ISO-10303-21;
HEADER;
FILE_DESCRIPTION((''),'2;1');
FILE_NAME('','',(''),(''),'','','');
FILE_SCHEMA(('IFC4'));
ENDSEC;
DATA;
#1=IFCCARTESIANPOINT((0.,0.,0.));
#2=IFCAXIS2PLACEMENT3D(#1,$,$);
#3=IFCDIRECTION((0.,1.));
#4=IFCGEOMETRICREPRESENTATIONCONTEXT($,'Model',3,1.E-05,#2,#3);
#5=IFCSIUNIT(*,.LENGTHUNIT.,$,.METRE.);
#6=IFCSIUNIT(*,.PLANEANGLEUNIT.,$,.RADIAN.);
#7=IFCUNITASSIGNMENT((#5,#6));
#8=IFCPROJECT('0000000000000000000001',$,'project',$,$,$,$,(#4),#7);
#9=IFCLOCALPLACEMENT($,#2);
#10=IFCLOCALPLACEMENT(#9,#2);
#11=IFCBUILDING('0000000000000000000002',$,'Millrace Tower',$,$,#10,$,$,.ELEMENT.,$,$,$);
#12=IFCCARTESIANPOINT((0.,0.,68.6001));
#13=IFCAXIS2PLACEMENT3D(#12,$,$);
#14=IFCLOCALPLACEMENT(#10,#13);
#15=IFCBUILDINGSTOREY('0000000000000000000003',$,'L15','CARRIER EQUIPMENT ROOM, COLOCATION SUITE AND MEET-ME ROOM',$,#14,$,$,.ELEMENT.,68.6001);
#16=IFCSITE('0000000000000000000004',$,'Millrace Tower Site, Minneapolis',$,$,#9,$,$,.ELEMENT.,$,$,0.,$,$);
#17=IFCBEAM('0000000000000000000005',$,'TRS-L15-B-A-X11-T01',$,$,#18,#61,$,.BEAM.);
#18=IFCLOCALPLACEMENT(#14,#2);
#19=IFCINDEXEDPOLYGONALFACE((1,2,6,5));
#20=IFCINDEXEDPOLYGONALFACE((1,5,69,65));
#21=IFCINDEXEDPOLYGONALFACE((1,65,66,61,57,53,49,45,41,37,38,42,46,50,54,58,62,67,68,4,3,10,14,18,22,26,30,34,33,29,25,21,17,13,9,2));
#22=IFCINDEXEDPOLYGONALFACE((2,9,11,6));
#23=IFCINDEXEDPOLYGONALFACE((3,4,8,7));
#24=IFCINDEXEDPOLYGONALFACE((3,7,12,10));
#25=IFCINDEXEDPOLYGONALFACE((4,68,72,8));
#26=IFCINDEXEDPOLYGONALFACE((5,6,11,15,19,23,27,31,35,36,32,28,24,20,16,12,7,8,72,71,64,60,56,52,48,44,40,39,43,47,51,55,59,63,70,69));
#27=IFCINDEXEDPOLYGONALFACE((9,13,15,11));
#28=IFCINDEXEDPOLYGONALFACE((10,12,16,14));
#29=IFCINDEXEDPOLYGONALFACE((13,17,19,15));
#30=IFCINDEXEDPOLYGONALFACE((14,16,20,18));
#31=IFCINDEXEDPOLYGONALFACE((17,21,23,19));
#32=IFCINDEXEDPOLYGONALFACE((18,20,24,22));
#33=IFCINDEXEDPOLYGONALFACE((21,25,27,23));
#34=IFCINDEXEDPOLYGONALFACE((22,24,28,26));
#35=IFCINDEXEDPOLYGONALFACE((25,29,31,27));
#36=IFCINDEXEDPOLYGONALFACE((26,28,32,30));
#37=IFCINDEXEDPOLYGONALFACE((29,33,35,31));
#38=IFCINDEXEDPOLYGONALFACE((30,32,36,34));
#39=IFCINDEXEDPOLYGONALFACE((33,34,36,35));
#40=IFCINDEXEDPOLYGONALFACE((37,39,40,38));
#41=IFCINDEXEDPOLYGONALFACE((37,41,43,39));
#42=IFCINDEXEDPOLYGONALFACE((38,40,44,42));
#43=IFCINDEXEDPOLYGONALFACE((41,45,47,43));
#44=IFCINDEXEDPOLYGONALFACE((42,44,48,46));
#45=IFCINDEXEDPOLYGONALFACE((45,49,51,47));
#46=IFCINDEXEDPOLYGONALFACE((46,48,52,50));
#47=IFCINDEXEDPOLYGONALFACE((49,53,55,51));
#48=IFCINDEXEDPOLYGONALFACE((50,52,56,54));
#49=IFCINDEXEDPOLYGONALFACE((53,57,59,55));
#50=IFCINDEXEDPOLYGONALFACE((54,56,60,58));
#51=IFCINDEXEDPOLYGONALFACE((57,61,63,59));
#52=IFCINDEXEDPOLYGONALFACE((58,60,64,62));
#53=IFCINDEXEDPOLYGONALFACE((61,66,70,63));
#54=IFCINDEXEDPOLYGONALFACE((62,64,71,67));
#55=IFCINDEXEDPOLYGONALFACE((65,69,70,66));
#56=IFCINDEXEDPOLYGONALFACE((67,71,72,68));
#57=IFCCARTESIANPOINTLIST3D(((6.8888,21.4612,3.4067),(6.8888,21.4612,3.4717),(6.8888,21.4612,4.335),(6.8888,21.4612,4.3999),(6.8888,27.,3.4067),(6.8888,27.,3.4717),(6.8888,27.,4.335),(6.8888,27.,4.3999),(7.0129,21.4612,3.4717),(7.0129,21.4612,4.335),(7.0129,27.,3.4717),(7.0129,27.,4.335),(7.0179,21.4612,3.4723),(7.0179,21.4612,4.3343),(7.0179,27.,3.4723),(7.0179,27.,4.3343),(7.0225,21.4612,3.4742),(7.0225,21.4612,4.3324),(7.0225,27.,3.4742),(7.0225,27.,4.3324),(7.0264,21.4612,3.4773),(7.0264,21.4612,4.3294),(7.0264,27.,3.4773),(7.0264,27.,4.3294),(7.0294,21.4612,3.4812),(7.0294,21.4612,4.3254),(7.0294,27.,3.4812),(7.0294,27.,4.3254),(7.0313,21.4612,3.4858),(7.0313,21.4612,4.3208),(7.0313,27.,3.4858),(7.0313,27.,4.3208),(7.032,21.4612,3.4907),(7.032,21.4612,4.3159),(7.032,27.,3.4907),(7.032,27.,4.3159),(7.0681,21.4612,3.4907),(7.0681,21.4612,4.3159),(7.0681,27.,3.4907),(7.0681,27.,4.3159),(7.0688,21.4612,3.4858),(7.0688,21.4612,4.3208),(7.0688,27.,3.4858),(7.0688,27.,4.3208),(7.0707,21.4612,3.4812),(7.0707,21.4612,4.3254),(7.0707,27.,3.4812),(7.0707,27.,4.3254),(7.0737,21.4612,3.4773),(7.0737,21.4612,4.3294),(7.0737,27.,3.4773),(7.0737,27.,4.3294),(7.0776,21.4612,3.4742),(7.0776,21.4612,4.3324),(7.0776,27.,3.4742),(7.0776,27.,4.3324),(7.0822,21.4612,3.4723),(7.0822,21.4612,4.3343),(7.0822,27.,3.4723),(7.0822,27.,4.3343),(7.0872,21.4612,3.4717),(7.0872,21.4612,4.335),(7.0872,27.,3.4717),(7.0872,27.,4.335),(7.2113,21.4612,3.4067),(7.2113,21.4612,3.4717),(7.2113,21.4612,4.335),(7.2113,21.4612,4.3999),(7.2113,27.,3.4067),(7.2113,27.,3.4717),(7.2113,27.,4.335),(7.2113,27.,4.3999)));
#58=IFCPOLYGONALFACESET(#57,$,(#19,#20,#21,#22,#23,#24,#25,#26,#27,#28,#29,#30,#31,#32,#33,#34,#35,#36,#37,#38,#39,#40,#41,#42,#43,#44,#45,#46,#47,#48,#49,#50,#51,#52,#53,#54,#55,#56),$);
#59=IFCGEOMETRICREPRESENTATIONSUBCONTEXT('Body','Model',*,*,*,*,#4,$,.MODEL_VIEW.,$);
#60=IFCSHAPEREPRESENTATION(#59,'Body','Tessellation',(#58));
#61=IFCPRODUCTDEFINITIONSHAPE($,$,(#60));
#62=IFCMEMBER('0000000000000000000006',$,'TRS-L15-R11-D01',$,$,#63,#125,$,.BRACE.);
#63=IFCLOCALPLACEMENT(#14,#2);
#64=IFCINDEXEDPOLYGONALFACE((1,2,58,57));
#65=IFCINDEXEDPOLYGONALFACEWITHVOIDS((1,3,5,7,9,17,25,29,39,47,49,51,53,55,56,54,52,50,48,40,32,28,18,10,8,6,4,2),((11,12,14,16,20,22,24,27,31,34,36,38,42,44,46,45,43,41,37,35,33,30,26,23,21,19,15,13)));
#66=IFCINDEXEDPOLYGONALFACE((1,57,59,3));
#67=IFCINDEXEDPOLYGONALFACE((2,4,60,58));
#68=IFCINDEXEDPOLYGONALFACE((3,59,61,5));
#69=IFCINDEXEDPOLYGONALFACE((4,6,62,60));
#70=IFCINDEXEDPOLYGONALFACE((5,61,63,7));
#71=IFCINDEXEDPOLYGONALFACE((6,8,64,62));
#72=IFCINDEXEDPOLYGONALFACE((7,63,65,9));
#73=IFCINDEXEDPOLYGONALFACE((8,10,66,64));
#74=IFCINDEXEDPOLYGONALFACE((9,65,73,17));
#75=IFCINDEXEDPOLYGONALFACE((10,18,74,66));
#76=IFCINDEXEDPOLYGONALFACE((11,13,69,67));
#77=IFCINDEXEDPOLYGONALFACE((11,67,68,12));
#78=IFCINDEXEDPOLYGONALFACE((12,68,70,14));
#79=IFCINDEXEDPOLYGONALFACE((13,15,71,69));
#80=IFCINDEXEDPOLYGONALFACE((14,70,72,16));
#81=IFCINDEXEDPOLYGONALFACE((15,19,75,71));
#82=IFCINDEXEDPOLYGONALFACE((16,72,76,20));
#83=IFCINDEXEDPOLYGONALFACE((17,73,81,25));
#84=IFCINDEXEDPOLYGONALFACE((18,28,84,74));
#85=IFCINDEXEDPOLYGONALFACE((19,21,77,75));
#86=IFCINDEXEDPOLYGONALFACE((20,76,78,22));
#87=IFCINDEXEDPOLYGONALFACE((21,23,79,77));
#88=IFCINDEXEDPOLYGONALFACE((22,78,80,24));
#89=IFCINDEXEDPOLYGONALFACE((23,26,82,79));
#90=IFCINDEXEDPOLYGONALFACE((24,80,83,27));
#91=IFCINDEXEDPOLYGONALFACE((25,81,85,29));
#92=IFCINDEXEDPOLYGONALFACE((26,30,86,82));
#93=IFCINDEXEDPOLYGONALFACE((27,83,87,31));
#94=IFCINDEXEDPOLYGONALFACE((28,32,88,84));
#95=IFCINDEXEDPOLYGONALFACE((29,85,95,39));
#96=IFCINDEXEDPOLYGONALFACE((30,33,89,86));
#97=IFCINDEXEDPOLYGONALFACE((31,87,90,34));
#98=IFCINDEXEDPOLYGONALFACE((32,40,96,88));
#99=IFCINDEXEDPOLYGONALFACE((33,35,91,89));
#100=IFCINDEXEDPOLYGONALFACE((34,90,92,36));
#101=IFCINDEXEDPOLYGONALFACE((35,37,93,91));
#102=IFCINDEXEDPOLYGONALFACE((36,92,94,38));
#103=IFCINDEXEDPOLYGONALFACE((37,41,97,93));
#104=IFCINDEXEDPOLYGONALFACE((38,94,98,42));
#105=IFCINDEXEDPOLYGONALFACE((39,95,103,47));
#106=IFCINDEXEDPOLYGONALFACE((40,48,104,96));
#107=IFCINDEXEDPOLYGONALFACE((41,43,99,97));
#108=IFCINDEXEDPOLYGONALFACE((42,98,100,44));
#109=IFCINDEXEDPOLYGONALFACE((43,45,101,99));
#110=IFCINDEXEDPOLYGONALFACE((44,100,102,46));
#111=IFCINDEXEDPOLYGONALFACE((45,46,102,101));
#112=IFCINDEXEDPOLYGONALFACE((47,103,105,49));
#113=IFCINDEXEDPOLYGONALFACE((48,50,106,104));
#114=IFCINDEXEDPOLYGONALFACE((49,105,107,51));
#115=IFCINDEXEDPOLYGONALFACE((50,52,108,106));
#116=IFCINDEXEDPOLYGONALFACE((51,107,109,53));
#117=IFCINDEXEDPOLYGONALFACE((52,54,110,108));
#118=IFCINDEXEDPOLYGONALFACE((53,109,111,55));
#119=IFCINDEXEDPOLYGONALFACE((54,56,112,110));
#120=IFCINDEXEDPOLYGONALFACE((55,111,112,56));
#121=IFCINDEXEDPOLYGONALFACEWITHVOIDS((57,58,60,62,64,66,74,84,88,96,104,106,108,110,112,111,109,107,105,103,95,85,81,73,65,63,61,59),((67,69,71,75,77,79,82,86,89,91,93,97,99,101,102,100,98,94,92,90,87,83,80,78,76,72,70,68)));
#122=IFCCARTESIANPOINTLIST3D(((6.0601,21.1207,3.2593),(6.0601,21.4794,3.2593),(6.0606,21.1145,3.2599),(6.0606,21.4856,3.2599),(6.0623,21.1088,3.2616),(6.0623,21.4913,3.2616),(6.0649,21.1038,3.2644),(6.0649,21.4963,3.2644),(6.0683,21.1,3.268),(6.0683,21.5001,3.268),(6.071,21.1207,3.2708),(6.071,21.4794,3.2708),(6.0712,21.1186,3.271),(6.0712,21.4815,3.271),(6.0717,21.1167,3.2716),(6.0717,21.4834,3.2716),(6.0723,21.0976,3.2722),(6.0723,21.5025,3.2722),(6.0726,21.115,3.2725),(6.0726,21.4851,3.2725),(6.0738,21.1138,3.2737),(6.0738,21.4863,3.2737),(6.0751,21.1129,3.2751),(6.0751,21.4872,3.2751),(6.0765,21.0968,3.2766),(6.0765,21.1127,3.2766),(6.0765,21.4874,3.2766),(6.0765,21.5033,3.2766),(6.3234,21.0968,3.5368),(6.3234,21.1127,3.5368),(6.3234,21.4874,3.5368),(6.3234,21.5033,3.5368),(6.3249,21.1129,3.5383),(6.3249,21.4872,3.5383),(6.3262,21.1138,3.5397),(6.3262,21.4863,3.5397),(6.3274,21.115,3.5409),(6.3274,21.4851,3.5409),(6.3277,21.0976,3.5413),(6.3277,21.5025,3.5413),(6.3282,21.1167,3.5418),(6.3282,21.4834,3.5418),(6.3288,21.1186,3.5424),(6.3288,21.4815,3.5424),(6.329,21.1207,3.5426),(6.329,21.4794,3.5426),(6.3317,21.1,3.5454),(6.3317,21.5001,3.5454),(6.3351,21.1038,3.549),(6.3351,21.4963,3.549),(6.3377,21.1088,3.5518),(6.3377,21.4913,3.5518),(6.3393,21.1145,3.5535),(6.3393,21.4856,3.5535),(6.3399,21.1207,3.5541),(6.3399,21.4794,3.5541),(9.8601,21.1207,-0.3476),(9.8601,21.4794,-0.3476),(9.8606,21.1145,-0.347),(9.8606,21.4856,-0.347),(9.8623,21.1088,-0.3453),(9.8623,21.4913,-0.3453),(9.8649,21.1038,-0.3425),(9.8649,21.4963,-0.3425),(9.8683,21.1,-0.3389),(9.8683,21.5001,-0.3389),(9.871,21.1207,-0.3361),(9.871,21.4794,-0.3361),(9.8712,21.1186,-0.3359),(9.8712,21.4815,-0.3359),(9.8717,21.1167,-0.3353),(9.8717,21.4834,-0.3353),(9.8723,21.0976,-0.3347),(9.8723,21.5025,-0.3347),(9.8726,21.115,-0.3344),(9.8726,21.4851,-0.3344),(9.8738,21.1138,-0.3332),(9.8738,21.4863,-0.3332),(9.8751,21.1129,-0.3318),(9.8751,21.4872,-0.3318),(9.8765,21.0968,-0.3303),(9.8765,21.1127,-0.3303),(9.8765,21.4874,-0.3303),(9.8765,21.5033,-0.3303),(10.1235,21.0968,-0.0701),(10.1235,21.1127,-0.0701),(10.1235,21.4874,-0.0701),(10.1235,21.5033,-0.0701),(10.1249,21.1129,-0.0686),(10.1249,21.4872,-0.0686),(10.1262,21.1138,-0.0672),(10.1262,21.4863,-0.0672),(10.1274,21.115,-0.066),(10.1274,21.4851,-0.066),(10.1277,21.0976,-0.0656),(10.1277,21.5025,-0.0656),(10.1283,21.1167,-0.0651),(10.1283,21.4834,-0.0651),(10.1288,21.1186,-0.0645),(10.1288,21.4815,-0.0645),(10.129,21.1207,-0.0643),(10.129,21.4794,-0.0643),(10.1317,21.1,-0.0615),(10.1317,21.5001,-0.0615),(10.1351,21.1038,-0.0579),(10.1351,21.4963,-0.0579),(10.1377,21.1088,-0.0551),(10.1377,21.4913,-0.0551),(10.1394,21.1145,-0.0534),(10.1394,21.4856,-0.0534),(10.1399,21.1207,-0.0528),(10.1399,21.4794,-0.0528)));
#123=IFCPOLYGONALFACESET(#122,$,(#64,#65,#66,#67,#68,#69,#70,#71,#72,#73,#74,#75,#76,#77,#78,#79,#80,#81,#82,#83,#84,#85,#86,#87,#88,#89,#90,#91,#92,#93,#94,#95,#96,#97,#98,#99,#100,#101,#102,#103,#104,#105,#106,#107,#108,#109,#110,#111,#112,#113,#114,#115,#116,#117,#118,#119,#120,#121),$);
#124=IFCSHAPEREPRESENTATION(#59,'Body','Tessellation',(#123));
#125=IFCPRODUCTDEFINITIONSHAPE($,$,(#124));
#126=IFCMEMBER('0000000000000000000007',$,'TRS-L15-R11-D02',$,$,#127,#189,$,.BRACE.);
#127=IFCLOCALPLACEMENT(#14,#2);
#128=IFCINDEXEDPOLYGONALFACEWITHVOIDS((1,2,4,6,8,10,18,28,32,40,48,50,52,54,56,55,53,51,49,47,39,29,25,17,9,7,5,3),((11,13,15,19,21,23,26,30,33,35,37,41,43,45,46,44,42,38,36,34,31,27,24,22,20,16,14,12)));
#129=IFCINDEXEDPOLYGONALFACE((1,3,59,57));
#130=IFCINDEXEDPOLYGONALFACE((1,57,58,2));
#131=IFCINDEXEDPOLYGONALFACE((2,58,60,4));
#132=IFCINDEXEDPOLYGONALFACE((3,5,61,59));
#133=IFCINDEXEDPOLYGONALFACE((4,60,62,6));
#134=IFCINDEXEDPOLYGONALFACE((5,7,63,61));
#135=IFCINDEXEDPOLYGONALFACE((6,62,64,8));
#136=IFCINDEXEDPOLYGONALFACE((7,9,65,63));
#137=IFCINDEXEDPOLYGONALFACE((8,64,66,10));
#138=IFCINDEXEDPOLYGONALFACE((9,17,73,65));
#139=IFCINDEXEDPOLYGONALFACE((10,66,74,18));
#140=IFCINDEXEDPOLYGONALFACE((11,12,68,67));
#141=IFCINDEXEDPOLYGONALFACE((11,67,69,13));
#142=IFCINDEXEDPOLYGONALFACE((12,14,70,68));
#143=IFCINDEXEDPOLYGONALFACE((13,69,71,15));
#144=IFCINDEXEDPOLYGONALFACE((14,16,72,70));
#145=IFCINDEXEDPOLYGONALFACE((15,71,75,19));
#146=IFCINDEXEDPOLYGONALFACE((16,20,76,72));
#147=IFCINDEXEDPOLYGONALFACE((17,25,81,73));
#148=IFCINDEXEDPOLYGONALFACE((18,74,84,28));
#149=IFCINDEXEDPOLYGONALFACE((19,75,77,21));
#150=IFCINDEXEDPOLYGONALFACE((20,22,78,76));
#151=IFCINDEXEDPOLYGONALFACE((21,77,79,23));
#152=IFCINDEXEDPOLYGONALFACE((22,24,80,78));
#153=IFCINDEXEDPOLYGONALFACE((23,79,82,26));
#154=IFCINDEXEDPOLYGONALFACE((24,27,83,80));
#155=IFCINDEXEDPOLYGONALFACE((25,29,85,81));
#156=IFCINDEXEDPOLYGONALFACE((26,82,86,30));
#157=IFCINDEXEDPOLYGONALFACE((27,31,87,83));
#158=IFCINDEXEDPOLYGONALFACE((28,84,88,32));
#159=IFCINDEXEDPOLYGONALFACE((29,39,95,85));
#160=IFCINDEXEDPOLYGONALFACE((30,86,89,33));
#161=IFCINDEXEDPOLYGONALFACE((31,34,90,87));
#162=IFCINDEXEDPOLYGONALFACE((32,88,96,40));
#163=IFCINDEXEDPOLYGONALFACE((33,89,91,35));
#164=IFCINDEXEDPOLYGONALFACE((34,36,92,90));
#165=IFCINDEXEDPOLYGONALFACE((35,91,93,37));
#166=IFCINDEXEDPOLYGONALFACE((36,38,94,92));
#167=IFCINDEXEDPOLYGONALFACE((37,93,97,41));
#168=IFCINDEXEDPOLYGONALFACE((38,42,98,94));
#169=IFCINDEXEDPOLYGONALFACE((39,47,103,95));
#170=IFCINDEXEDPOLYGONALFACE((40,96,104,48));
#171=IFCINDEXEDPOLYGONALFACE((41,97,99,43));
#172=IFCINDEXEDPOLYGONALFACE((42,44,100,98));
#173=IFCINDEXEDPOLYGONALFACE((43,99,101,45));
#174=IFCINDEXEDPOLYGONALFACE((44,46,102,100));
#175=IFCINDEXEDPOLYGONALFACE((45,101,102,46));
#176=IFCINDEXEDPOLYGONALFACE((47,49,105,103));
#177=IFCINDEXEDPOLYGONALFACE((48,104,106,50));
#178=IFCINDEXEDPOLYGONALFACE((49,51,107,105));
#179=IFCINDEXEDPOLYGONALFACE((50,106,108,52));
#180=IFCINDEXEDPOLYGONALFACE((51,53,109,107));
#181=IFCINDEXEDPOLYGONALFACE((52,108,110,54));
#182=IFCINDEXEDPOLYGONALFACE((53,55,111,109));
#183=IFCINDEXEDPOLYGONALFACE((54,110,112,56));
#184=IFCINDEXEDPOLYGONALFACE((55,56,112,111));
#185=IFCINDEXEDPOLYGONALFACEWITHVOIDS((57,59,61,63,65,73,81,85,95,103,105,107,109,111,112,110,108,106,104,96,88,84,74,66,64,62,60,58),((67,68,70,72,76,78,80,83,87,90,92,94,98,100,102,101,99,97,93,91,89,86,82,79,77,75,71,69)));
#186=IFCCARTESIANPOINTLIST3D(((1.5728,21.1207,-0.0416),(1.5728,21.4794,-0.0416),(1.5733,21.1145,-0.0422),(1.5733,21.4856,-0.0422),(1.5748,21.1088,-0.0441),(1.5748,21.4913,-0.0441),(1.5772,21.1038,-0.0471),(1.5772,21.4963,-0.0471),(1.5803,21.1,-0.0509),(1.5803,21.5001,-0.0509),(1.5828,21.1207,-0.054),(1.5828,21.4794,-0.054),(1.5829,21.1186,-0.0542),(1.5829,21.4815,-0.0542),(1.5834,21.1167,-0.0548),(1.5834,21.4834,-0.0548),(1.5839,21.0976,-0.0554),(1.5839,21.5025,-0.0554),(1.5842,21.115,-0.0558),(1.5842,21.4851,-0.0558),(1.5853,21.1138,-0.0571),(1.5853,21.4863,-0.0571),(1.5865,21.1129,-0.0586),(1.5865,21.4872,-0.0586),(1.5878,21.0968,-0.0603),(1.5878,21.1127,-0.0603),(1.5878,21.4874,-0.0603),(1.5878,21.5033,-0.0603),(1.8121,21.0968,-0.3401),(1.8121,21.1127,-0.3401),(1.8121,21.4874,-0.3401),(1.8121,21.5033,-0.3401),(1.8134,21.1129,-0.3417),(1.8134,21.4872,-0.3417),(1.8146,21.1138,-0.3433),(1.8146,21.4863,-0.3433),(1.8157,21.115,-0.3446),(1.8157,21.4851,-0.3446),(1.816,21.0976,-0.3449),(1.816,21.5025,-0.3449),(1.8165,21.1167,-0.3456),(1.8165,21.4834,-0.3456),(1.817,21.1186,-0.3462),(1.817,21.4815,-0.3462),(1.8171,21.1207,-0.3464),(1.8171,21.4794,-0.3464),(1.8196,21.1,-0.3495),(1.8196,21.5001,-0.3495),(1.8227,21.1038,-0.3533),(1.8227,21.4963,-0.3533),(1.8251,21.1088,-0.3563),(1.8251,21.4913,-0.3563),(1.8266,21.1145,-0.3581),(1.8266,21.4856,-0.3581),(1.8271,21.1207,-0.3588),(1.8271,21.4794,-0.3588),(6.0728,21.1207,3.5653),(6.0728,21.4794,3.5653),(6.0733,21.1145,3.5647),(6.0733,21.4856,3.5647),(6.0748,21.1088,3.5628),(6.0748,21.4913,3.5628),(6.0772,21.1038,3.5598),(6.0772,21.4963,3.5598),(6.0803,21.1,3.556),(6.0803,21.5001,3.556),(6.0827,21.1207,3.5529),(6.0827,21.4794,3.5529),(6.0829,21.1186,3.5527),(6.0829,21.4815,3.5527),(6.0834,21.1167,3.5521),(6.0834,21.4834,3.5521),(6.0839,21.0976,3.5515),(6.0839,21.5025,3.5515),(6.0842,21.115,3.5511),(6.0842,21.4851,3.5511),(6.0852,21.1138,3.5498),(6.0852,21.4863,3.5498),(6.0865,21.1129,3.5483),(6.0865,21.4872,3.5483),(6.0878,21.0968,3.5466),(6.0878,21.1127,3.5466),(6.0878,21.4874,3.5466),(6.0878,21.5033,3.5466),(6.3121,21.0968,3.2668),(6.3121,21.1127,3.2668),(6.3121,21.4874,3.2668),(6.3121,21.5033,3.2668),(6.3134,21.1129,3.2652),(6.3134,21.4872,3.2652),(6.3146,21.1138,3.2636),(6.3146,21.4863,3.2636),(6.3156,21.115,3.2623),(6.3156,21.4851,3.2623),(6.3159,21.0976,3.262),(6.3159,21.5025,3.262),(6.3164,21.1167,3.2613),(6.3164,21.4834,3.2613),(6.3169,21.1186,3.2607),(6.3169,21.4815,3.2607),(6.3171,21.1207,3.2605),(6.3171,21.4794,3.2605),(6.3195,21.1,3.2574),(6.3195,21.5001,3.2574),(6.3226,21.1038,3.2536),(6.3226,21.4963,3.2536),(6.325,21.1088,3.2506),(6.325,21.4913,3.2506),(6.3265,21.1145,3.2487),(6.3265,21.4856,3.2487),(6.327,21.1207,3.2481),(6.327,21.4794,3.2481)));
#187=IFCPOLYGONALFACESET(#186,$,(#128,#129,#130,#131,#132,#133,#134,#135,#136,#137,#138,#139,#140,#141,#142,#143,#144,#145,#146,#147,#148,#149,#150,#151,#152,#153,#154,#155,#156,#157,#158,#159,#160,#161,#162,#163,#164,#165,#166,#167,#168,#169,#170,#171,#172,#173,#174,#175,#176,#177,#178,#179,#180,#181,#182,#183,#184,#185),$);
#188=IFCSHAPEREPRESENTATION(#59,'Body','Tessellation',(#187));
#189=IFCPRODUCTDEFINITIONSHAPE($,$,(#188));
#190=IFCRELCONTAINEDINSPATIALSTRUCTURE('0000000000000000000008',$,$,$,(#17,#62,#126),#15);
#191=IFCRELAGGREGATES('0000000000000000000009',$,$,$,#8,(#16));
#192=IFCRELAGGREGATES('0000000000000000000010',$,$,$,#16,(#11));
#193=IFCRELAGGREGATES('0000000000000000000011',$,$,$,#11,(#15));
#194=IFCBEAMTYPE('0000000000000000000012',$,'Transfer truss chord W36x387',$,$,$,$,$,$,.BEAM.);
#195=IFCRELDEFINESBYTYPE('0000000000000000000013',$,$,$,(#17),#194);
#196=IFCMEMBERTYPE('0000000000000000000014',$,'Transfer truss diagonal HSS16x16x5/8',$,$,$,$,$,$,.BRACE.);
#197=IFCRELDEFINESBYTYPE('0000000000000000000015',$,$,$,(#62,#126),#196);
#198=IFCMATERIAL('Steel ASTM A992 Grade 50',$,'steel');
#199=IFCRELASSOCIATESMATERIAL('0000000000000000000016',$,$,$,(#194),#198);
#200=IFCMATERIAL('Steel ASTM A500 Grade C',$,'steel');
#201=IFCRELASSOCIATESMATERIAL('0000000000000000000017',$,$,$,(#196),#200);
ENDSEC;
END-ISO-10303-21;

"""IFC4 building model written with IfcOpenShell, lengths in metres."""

from ifc_helpers import new_model, si_unit, direction, frame, origin, origin_2d, place, context, subcontext, project, spatial, hollow_rectangle, i_section, extrude, material, material_profile, profile_set, type_object, element, save


model = new_model("IFC4")

# Units and contexts
model_context = context("Model", 3, precision=1e-05, world=origin(), true_north=direction((0.0, 1.0)))
body_context = subcontext(model_context, "Body", "Model", "MODEL_VIEW")
ifc_project = project(units=[si_unit("LENGTHUNIT", "METRE"), si_unit("PLANEANGLEUNIT", "RADIAN")], contexts=[model_context])

# Site, building, storey
site_placement = place(None, origin())
site = spatial("IfcSite", under=ifc_project, at=site_placement, Name="Millrace Tower Site, Minneapolis", CompositionType="ELEMENT", RefElevation=0.0)
building_placement = place(site_placement, origin())
building = spatial("IfcBuilding", under=site, at=building_placement, Name="Millrace Tower", CompositionType="ELEMENT")
storey_placement = place(building_placement, frame((0.0, 0.0, 68.6001)))
storey = spatial("IfcBuildingStorey", under=building, at=storey_placement, Name="L15", Description="CARRIER EQUIPMENT ROOM, COLOCATION SUITE AND MEET-ME ROOM", CompositionType="ELEMENT", Elevation=68.6001)

# Beam
ifc_material_1 = material(Name="Steel ASTM A992 Grade 50", Category="steel")
ifc_material_profile_1 = material_profile(ifc_material_1, i_section(OverallWidth=0.3225, OverallDepth=0.9932, WebThickness=0.0361, FlangeThickness=0.0649, FilletRadius=0.019, at=origin_2d()))
ifc_profile_set_1 = profile_set([ifc_material_profile_1], Name="Steel ASTM A992 Grade 50")
beam_type_1 = type_object("IfcBeamType", Name="Transfer truss chord W36x387", PredefinedType="BEAM", material=ifc_profile_set_1)
for number, where, z_axis, x_axis, name in (
    (1, (7.05, 27.0, 3.9033), (0.0, -1.0, 0.0), (1.0, 0.0, 0.0), "TRS-L15-B-A-X11-T01"),
):
    element("IfcBeam", number, at=place(storey_placement, frame(where, z_axis=z_axis, x_axis=x_axis)), inside=storey, type_object=beam_type_1, Name=name, PredefinedType="BEAM", context=body_context, shape_type="SweptSolid", body=[
        extrude(i_section(OverallWidth=0.3225, OverallDepth=0.9932, WebThickness=0.0361, FlangeThickness=0.0649, FilletRadius=0.019, at=origin_2d()), origin(), (0.0, 0.0, 1.0), 5.5388),
    ])

# Members
ifc_material_2 = material(Name="Steel ASTM A500 Grade C", Category="steel")
ifc_material_profile_2 = material_profile(ifc_material_2, hollow_rectangle(XDim=0.4065, YDim=0.4065, WallThickness=0.0159, InnerFilletRadius=0.0081, OuterFilletRadius=0.0239, at=origin_2d()))
ifc_profile_set_2 = profile_set([ifc_material_profile_2], Name="Steel ASTM A500 Grade C")
member_type_1 = type_object("IfcMemberType", Name="Transfer truss diagonal HSS16x16x5/8", PredefinedType="BRACE", material=ifc_profile_set_2)
member_1_placement = place(storey_placement, frame((10.0, 21.3, -0.2002), z_axis=(-0.725296, 0.0, 0.688437), x_axis=(0.0, -1.0, 0.0)))
element("IfcMember", 2, at=member_1_placement, inside=storey, type_object=member_type_1, Name="TRS-L15-R11-D01", PredefinedType="BRACE", context=body_context, shape_type="SweptSolid", body=[
    extrude(hollow_rectangle(XDim=0.4065, YDim=0.4065, WallThickness=0.0159, InnerFilletRadius=0.0081, OuterFilletRadius=0.0239, at=origin_2d()), origin(), (0.0, 0.0, 1.0), 5.2393),
])
member_2_placement = place(storey_placement, frame((1.7, 21.3, -0.2002), z_axis=(0.780282, 0.0, 0.625428), x_axis=(0.0, 1.0, 0.0)))
element("IfcMember", 3, at=member_2_placement, inside=storey, type_object=member_type_1, Name="TRS-L15-R11-D02", PredefinedType="BRACE", context=body_context, shape_type="SweptSolid", body=[
    extrude(hollow_rectangle(XDim=0.4065, YDim=0.4065, WallThickness=0.0159, InnerFilletRadius=0.0081, OuterFilletRadius=0.0239, at=origin_2d()), origin(), (0.0, 0.0, 1.0), 5.7671),
])

save(model, "model.ifc")
